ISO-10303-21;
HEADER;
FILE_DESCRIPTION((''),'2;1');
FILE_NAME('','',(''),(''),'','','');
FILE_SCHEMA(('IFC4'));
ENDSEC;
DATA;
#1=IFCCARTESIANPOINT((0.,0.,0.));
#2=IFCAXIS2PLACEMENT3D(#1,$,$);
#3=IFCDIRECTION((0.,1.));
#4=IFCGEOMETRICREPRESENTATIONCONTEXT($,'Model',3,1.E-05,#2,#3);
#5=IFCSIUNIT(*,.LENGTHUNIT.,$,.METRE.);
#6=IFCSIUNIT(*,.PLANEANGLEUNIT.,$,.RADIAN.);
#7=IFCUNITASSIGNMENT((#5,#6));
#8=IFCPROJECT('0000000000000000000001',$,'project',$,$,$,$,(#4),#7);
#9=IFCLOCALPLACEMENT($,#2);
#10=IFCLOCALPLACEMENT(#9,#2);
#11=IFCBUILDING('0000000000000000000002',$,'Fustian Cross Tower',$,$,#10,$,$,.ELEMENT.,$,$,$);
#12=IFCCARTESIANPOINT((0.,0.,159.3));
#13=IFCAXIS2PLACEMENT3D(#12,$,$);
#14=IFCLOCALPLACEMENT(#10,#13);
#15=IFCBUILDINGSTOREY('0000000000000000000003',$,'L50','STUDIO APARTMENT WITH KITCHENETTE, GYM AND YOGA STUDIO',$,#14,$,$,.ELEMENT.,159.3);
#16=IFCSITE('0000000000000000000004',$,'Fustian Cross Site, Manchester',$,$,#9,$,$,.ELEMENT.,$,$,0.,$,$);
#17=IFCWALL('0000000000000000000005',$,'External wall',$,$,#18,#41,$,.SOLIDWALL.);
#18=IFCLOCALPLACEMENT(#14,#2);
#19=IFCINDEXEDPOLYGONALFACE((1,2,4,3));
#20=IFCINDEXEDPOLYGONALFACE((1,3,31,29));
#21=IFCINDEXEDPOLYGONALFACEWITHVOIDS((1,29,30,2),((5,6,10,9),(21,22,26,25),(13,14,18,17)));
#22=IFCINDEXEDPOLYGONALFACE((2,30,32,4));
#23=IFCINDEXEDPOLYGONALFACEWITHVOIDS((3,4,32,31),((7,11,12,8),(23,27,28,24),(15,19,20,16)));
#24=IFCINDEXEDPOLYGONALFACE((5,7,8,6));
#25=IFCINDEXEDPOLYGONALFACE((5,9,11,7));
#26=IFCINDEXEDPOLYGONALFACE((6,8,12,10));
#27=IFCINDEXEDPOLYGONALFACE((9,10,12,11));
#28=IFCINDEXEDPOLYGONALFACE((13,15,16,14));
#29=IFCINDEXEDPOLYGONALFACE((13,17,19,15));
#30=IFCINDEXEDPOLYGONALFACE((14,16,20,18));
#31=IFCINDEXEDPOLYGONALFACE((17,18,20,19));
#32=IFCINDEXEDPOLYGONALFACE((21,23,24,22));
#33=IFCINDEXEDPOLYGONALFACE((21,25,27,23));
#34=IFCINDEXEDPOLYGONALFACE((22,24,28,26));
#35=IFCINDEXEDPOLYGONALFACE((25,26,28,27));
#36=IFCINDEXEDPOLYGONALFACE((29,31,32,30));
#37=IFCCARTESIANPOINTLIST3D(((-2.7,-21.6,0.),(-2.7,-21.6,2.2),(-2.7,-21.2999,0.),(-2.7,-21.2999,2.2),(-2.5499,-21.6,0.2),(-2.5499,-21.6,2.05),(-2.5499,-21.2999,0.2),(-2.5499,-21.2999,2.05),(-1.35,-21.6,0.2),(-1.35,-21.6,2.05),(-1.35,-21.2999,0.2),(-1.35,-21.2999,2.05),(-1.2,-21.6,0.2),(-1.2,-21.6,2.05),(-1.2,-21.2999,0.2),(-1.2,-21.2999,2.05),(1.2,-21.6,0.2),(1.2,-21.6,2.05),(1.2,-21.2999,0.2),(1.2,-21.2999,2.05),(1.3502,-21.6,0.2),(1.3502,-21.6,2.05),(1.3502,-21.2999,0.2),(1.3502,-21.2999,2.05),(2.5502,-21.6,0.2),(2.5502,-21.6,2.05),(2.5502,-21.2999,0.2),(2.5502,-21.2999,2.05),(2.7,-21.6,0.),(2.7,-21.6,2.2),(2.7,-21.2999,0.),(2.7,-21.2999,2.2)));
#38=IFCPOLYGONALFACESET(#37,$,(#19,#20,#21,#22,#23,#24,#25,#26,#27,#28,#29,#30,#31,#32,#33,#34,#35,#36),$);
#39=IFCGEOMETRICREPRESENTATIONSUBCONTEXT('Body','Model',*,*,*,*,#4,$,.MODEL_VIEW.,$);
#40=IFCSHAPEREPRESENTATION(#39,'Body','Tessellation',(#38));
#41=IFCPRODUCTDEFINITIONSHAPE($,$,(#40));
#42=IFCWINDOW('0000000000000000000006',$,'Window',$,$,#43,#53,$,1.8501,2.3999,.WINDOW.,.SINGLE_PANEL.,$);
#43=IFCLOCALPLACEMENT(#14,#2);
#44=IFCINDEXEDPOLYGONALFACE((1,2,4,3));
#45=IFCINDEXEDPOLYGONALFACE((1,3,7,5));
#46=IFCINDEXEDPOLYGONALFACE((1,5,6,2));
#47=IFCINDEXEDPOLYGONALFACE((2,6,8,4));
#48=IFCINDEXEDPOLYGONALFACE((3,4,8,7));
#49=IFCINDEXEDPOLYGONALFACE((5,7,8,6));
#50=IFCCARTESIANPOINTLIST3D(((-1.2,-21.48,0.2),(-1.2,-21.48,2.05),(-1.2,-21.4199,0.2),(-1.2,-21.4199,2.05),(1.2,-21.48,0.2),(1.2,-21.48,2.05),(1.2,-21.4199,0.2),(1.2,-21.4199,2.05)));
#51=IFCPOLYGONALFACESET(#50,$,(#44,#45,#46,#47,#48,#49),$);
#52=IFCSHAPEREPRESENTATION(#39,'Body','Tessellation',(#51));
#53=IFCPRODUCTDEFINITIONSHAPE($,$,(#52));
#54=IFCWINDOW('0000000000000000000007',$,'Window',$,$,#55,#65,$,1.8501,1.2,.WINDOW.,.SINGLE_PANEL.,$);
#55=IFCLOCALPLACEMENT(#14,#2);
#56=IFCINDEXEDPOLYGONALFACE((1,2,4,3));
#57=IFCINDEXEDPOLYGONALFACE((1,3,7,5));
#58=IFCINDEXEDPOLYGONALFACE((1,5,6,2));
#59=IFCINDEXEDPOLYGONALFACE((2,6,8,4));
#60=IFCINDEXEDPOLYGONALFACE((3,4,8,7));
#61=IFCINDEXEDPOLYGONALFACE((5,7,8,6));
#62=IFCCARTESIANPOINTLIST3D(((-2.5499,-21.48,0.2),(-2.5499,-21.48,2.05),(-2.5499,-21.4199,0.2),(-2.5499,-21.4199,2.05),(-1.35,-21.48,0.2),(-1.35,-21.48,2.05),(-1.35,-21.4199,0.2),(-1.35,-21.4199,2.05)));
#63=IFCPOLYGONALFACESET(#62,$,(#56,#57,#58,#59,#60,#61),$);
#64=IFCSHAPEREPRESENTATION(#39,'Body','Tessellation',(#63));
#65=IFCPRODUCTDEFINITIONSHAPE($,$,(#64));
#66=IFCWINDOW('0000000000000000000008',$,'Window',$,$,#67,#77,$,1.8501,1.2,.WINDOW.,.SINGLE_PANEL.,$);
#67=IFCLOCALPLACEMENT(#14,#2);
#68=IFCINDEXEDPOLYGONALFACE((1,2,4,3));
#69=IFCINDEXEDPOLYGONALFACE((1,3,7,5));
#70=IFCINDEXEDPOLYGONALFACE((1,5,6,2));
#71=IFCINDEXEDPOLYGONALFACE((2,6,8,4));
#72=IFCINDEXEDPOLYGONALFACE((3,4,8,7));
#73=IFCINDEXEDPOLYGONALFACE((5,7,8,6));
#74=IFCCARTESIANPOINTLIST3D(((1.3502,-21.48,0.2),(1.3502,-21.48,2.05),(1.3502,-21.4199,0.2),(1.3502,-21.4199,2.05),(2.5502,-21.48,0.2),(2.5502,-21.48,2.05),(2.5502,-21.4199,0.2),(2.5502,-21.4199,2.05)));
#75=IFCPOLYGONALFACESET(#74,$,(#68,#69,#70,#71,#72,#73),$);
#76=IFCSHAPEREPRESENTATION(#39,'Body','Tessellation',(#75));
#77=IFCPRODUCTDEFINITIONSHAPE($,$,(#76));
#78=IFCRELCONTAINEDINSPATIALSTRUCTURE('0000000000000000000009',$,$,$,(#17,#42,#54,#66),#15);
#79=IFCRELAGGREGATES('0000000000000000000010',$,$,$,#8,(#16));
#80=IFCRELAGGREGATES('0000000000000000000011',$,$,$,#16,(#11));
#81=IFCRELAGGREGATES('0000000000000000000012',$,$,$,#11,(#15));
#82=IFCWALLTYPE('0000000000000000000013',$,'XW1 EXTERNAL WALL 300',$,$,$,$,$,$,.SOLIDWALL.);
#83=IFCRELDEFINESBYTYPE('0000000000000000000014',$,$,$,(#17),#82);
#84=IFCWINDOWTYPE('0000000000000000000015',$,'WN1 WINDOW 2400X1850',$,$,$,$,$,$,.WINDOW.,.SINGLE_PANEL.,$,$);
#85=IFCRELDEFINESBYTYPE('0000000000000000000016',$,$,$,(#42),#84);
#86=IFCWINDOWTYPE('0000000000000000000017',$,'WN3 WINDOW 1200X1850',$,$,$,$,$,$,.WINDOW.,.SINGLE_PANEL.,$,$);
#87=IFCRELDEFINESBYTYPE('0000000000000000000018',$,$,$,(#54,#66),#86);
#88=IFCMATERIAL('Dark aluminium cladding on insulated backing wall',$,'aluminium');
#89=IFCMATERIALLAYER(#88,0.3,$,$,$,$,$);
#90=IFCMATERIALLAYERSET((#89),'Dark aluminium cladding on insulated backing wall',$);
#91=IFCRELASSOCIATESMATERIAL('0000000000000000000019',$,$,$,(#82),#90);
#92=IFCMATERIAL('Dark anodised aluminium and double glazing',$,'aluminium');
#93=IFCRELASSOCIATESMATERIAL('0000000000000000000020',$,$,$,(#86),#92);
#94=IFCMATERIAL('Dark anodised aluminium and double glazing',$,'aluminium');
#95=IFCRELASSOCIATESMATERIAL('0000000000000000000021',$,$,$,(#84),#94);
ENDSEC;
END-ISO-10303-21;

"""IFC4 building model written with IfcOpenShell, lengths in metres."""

from ifc_helpers import new_model, si_unit, direction, frame, frame_2d, origin, place, context, subcontext, project, spatial, rectangle, extrude, material, layer, layer_set, type_object, element, fill, save


model = new_model("IFC4")

# Units and contexts
model_context = context("Model", 3, precision=1e-05, world=origin(), true_north=direction((0.0, 1.0)))
body_context = subcontext(model_context, "Body", "Model", "MODEL_VIEW")
ifc_project = project(units=[si_unit("LENGTHUNIT", "METRE"), si_unit("PLANEANGLEUNIT", "RADIAN")], contexts=[model_context])

# Site, building, storey
site_placement = place(None, origin())
site = spatial("IfcSite", under=ifc_project, at=site_placement, Name="Fustian Cross Site, Manchester", CompositionType="ELEMENT", RefElevation=0.0)
building_placement = place(site_placement, origin())
building = spatial("IfcBuilding", under=site, at=building_placement, Name="Fustian Cross Tower", CompositionType="ELEMENT")
storey_placement = place(building_placement, frame((0.0, 0.0, 159.3)))
storey = spatial("IfcBuildingStorey", under=building, at=storey_placement, Name="L50", Description="STUDIO APARTMENT WITH KITCHENETTE, GYM AND YOGA STUDIO", CompositionType="ELEMENT", Elevation=159.3)

# Shared definitions
ifc_material_1 = material(Name="Dark aluminium cladding on insulated backing wall", Category="aluminium")
ifc_layer_1 = layer(ifc_material_1, 0.3)
ifc_layer_set_1 = layer_set([ifc_layer_1], Name="Dark aluminium cladding on insulated backing wall")
wall_type_1 = type_object("IfcWallType", Name="XW1 EXTERNAL WALL 300", PredefinedType="SOLIDWALL", material=ifc_layer_set_1)

# Shared definitions
ifc_material_2 = material(Name="Dark anodised aluminium and double glazing", Category="aluminium")
window_type_1 = type_object("IfcWindowType", Name="WN3 WINDOW 1200X1850", PartitioningType="SINGLE_PANEL", PredefinedType="WINDOW", material=ifc_material_2)

# Wall, openings, windows
wall_1_placement = place(storey_placement, frame((-2.7, -21.45, 0.0), z_axis=(0.0, 0.0, 1.0), x_axis=(1.0, 0.0, 0.0)))
wall_1 = element("IfcWall", 1, at=wall_1_placement, inside=storey, type_object=wall_type_1, Name="External wall", PredefinedType="SOLIDWALL", context=body_context, shape_type="SweptSolid", body=[
    extrude(rectangle(XDim=5.3999, YDim=0.3, at=frame_2d((2.7, 0.0))), origin(), (0.0, 0.0, 1.0), 2.2),
])
opening_1_placement = place(wall_1_placement, frame((1.5, 0.0, 0.2)))
opening_1 = element("IfcOpeningElement", 2, at=opening_1_placement, cuts=wall_1, PredefinedType="OPENING", context=body_context, shape_type="SweptSolid", body=[
    extrude(rectangle(XDim=2.3999, YDim=1.8501, at=frame_2d((1.2, 0.925))), frame((0.0, 0.1599, 0.0), z_axis=(0.0, -1.0, 0.0), x_axis=(1.0, 0.0, 0.0)), (0.0, 0.0, 1.0), 0.3201),
])
opening_2_placement = place(wall_1_placement, frame((0.1499, 0.0, 0.2)))
opening_2 = element("IfcOpeningElement", 3, at=opening_2_placement, cuts=wall_1, PredefinedType="OPENING", context=body_context, shape_type="SweptSolid", body=[
    extrude(rectangle(XDim=1.2, YDim=1.8501, at=frame_2d((0.6001, 0.925))), frame((0.0, 0.1599, 0.0), z_axis=(0.0, -1.0, 0.0), x_axis=(1.0, 0.0, 0.0)), (0.0, 0.0, 1.0), 0.3201),
])
opening_3_placement = place(wall_1_placement, frame((4.05, 0.0, 0.2)))
opening_3 = element("IfcOpeningElement", 4, at=opening_3_placement, cuts=wall_1, PredefinedType="OPENING", context=body_context, shape_type="SweptSolid", body=[
    extrude(rectangle(XDim=1.2, YDim=1.8501, at=frame_2d((0.6001, 0.925))), frame((0.0, 0.1599, 0.0), z_axis=(0.0, -1.0, 0.0), x_axis=(1.0, 0.0, 0.0)), (0.0, 0.0, 1.0), 0.3201),
])
ifc_material_3 = material(Name="Dark anodised aluminium and double glazing", Category="aluminium")
window_type_2 = type_object("IfcWindowType", Name="WN1 WINDOW 2400X1850", PartitioningType="SINGLE_PANEL", PredefinedType="WINDOW", material=ifc_material_3)
window_1_placement = place(opening_1_placement, origin())
window_1 = element("IfcWindow", 5, at=window_1_placement, inside=storey, type_object=window_type_2, Name="Window", OverallHeight=1.8501, OverallWidth=2.3999, PartitioningType="SINGLE_PANEL", PredefinedType="WINDOW", context=body_context, shape_type="SweptSolid", body=[
    extrude(rectangle(XDim=2.3999, YDim=1.8501, at=frame_2d((1.2, 0.925))), frame((0.0, 0.03, 0.0), z_axis=(0.0, -1.0, 0.0), x_axis=(1.0, 0.0, 0.0)), (0.0, 0.0, 1.0), 0.0601),
])
fill(opening_1, window_1)
window_2_placement = place(opening_2_placement, origin())
window_2 = element("IfcWindow", 6, at=window_2_placement, inside=storey, type_object=window_type_1, Name="Window", OverallHeight=1.8501, OverallWidth=1.2, PartitioningType="SINGLE_PANEL", PredefinedType="WINDOW", context=body_context, shape_type="SweptSolid", body=[
    extrude(rectangle(XDim=1.2, YDim=1.8501, at=frame_2d((0.6001, 0.925))), frame((0.0, 0.03, 0.0), z_axis=(0.0, -1.0, 0.0), x_axis=(1.0, 0.0, 0.0)), (0.0, 0.0, 1.0), 0.0601),
])
fill(opening_2, window_2)
window_3_placement = place(opening_3_placement, origin())
window_3 = element("IfcWindow", 7, at=window_3_placement, inside=storey, type_object=window_type_1, Name="Window", OverallHeight=1.8501, OverallWidth=1.2, PartitioningType="SINGLE_PANEL", PredefinedType="WINDOW", context=body_context, shape_type="SweptSolid", body=[
    extrude(rectangle(XDim=1.2, YDim=1.8501, at=frame_2d((0.6001, 0.925))), frame((0.0, 0.03, 0.0), z_axis=(0.0, -1.0, 0.0), x_axis=(1.0, 0.0, 0.0)), (0.0, 0.0, 1.0), 0.0601),
])
fill(opening_3, window_3)

save(model, "model.ifc")
